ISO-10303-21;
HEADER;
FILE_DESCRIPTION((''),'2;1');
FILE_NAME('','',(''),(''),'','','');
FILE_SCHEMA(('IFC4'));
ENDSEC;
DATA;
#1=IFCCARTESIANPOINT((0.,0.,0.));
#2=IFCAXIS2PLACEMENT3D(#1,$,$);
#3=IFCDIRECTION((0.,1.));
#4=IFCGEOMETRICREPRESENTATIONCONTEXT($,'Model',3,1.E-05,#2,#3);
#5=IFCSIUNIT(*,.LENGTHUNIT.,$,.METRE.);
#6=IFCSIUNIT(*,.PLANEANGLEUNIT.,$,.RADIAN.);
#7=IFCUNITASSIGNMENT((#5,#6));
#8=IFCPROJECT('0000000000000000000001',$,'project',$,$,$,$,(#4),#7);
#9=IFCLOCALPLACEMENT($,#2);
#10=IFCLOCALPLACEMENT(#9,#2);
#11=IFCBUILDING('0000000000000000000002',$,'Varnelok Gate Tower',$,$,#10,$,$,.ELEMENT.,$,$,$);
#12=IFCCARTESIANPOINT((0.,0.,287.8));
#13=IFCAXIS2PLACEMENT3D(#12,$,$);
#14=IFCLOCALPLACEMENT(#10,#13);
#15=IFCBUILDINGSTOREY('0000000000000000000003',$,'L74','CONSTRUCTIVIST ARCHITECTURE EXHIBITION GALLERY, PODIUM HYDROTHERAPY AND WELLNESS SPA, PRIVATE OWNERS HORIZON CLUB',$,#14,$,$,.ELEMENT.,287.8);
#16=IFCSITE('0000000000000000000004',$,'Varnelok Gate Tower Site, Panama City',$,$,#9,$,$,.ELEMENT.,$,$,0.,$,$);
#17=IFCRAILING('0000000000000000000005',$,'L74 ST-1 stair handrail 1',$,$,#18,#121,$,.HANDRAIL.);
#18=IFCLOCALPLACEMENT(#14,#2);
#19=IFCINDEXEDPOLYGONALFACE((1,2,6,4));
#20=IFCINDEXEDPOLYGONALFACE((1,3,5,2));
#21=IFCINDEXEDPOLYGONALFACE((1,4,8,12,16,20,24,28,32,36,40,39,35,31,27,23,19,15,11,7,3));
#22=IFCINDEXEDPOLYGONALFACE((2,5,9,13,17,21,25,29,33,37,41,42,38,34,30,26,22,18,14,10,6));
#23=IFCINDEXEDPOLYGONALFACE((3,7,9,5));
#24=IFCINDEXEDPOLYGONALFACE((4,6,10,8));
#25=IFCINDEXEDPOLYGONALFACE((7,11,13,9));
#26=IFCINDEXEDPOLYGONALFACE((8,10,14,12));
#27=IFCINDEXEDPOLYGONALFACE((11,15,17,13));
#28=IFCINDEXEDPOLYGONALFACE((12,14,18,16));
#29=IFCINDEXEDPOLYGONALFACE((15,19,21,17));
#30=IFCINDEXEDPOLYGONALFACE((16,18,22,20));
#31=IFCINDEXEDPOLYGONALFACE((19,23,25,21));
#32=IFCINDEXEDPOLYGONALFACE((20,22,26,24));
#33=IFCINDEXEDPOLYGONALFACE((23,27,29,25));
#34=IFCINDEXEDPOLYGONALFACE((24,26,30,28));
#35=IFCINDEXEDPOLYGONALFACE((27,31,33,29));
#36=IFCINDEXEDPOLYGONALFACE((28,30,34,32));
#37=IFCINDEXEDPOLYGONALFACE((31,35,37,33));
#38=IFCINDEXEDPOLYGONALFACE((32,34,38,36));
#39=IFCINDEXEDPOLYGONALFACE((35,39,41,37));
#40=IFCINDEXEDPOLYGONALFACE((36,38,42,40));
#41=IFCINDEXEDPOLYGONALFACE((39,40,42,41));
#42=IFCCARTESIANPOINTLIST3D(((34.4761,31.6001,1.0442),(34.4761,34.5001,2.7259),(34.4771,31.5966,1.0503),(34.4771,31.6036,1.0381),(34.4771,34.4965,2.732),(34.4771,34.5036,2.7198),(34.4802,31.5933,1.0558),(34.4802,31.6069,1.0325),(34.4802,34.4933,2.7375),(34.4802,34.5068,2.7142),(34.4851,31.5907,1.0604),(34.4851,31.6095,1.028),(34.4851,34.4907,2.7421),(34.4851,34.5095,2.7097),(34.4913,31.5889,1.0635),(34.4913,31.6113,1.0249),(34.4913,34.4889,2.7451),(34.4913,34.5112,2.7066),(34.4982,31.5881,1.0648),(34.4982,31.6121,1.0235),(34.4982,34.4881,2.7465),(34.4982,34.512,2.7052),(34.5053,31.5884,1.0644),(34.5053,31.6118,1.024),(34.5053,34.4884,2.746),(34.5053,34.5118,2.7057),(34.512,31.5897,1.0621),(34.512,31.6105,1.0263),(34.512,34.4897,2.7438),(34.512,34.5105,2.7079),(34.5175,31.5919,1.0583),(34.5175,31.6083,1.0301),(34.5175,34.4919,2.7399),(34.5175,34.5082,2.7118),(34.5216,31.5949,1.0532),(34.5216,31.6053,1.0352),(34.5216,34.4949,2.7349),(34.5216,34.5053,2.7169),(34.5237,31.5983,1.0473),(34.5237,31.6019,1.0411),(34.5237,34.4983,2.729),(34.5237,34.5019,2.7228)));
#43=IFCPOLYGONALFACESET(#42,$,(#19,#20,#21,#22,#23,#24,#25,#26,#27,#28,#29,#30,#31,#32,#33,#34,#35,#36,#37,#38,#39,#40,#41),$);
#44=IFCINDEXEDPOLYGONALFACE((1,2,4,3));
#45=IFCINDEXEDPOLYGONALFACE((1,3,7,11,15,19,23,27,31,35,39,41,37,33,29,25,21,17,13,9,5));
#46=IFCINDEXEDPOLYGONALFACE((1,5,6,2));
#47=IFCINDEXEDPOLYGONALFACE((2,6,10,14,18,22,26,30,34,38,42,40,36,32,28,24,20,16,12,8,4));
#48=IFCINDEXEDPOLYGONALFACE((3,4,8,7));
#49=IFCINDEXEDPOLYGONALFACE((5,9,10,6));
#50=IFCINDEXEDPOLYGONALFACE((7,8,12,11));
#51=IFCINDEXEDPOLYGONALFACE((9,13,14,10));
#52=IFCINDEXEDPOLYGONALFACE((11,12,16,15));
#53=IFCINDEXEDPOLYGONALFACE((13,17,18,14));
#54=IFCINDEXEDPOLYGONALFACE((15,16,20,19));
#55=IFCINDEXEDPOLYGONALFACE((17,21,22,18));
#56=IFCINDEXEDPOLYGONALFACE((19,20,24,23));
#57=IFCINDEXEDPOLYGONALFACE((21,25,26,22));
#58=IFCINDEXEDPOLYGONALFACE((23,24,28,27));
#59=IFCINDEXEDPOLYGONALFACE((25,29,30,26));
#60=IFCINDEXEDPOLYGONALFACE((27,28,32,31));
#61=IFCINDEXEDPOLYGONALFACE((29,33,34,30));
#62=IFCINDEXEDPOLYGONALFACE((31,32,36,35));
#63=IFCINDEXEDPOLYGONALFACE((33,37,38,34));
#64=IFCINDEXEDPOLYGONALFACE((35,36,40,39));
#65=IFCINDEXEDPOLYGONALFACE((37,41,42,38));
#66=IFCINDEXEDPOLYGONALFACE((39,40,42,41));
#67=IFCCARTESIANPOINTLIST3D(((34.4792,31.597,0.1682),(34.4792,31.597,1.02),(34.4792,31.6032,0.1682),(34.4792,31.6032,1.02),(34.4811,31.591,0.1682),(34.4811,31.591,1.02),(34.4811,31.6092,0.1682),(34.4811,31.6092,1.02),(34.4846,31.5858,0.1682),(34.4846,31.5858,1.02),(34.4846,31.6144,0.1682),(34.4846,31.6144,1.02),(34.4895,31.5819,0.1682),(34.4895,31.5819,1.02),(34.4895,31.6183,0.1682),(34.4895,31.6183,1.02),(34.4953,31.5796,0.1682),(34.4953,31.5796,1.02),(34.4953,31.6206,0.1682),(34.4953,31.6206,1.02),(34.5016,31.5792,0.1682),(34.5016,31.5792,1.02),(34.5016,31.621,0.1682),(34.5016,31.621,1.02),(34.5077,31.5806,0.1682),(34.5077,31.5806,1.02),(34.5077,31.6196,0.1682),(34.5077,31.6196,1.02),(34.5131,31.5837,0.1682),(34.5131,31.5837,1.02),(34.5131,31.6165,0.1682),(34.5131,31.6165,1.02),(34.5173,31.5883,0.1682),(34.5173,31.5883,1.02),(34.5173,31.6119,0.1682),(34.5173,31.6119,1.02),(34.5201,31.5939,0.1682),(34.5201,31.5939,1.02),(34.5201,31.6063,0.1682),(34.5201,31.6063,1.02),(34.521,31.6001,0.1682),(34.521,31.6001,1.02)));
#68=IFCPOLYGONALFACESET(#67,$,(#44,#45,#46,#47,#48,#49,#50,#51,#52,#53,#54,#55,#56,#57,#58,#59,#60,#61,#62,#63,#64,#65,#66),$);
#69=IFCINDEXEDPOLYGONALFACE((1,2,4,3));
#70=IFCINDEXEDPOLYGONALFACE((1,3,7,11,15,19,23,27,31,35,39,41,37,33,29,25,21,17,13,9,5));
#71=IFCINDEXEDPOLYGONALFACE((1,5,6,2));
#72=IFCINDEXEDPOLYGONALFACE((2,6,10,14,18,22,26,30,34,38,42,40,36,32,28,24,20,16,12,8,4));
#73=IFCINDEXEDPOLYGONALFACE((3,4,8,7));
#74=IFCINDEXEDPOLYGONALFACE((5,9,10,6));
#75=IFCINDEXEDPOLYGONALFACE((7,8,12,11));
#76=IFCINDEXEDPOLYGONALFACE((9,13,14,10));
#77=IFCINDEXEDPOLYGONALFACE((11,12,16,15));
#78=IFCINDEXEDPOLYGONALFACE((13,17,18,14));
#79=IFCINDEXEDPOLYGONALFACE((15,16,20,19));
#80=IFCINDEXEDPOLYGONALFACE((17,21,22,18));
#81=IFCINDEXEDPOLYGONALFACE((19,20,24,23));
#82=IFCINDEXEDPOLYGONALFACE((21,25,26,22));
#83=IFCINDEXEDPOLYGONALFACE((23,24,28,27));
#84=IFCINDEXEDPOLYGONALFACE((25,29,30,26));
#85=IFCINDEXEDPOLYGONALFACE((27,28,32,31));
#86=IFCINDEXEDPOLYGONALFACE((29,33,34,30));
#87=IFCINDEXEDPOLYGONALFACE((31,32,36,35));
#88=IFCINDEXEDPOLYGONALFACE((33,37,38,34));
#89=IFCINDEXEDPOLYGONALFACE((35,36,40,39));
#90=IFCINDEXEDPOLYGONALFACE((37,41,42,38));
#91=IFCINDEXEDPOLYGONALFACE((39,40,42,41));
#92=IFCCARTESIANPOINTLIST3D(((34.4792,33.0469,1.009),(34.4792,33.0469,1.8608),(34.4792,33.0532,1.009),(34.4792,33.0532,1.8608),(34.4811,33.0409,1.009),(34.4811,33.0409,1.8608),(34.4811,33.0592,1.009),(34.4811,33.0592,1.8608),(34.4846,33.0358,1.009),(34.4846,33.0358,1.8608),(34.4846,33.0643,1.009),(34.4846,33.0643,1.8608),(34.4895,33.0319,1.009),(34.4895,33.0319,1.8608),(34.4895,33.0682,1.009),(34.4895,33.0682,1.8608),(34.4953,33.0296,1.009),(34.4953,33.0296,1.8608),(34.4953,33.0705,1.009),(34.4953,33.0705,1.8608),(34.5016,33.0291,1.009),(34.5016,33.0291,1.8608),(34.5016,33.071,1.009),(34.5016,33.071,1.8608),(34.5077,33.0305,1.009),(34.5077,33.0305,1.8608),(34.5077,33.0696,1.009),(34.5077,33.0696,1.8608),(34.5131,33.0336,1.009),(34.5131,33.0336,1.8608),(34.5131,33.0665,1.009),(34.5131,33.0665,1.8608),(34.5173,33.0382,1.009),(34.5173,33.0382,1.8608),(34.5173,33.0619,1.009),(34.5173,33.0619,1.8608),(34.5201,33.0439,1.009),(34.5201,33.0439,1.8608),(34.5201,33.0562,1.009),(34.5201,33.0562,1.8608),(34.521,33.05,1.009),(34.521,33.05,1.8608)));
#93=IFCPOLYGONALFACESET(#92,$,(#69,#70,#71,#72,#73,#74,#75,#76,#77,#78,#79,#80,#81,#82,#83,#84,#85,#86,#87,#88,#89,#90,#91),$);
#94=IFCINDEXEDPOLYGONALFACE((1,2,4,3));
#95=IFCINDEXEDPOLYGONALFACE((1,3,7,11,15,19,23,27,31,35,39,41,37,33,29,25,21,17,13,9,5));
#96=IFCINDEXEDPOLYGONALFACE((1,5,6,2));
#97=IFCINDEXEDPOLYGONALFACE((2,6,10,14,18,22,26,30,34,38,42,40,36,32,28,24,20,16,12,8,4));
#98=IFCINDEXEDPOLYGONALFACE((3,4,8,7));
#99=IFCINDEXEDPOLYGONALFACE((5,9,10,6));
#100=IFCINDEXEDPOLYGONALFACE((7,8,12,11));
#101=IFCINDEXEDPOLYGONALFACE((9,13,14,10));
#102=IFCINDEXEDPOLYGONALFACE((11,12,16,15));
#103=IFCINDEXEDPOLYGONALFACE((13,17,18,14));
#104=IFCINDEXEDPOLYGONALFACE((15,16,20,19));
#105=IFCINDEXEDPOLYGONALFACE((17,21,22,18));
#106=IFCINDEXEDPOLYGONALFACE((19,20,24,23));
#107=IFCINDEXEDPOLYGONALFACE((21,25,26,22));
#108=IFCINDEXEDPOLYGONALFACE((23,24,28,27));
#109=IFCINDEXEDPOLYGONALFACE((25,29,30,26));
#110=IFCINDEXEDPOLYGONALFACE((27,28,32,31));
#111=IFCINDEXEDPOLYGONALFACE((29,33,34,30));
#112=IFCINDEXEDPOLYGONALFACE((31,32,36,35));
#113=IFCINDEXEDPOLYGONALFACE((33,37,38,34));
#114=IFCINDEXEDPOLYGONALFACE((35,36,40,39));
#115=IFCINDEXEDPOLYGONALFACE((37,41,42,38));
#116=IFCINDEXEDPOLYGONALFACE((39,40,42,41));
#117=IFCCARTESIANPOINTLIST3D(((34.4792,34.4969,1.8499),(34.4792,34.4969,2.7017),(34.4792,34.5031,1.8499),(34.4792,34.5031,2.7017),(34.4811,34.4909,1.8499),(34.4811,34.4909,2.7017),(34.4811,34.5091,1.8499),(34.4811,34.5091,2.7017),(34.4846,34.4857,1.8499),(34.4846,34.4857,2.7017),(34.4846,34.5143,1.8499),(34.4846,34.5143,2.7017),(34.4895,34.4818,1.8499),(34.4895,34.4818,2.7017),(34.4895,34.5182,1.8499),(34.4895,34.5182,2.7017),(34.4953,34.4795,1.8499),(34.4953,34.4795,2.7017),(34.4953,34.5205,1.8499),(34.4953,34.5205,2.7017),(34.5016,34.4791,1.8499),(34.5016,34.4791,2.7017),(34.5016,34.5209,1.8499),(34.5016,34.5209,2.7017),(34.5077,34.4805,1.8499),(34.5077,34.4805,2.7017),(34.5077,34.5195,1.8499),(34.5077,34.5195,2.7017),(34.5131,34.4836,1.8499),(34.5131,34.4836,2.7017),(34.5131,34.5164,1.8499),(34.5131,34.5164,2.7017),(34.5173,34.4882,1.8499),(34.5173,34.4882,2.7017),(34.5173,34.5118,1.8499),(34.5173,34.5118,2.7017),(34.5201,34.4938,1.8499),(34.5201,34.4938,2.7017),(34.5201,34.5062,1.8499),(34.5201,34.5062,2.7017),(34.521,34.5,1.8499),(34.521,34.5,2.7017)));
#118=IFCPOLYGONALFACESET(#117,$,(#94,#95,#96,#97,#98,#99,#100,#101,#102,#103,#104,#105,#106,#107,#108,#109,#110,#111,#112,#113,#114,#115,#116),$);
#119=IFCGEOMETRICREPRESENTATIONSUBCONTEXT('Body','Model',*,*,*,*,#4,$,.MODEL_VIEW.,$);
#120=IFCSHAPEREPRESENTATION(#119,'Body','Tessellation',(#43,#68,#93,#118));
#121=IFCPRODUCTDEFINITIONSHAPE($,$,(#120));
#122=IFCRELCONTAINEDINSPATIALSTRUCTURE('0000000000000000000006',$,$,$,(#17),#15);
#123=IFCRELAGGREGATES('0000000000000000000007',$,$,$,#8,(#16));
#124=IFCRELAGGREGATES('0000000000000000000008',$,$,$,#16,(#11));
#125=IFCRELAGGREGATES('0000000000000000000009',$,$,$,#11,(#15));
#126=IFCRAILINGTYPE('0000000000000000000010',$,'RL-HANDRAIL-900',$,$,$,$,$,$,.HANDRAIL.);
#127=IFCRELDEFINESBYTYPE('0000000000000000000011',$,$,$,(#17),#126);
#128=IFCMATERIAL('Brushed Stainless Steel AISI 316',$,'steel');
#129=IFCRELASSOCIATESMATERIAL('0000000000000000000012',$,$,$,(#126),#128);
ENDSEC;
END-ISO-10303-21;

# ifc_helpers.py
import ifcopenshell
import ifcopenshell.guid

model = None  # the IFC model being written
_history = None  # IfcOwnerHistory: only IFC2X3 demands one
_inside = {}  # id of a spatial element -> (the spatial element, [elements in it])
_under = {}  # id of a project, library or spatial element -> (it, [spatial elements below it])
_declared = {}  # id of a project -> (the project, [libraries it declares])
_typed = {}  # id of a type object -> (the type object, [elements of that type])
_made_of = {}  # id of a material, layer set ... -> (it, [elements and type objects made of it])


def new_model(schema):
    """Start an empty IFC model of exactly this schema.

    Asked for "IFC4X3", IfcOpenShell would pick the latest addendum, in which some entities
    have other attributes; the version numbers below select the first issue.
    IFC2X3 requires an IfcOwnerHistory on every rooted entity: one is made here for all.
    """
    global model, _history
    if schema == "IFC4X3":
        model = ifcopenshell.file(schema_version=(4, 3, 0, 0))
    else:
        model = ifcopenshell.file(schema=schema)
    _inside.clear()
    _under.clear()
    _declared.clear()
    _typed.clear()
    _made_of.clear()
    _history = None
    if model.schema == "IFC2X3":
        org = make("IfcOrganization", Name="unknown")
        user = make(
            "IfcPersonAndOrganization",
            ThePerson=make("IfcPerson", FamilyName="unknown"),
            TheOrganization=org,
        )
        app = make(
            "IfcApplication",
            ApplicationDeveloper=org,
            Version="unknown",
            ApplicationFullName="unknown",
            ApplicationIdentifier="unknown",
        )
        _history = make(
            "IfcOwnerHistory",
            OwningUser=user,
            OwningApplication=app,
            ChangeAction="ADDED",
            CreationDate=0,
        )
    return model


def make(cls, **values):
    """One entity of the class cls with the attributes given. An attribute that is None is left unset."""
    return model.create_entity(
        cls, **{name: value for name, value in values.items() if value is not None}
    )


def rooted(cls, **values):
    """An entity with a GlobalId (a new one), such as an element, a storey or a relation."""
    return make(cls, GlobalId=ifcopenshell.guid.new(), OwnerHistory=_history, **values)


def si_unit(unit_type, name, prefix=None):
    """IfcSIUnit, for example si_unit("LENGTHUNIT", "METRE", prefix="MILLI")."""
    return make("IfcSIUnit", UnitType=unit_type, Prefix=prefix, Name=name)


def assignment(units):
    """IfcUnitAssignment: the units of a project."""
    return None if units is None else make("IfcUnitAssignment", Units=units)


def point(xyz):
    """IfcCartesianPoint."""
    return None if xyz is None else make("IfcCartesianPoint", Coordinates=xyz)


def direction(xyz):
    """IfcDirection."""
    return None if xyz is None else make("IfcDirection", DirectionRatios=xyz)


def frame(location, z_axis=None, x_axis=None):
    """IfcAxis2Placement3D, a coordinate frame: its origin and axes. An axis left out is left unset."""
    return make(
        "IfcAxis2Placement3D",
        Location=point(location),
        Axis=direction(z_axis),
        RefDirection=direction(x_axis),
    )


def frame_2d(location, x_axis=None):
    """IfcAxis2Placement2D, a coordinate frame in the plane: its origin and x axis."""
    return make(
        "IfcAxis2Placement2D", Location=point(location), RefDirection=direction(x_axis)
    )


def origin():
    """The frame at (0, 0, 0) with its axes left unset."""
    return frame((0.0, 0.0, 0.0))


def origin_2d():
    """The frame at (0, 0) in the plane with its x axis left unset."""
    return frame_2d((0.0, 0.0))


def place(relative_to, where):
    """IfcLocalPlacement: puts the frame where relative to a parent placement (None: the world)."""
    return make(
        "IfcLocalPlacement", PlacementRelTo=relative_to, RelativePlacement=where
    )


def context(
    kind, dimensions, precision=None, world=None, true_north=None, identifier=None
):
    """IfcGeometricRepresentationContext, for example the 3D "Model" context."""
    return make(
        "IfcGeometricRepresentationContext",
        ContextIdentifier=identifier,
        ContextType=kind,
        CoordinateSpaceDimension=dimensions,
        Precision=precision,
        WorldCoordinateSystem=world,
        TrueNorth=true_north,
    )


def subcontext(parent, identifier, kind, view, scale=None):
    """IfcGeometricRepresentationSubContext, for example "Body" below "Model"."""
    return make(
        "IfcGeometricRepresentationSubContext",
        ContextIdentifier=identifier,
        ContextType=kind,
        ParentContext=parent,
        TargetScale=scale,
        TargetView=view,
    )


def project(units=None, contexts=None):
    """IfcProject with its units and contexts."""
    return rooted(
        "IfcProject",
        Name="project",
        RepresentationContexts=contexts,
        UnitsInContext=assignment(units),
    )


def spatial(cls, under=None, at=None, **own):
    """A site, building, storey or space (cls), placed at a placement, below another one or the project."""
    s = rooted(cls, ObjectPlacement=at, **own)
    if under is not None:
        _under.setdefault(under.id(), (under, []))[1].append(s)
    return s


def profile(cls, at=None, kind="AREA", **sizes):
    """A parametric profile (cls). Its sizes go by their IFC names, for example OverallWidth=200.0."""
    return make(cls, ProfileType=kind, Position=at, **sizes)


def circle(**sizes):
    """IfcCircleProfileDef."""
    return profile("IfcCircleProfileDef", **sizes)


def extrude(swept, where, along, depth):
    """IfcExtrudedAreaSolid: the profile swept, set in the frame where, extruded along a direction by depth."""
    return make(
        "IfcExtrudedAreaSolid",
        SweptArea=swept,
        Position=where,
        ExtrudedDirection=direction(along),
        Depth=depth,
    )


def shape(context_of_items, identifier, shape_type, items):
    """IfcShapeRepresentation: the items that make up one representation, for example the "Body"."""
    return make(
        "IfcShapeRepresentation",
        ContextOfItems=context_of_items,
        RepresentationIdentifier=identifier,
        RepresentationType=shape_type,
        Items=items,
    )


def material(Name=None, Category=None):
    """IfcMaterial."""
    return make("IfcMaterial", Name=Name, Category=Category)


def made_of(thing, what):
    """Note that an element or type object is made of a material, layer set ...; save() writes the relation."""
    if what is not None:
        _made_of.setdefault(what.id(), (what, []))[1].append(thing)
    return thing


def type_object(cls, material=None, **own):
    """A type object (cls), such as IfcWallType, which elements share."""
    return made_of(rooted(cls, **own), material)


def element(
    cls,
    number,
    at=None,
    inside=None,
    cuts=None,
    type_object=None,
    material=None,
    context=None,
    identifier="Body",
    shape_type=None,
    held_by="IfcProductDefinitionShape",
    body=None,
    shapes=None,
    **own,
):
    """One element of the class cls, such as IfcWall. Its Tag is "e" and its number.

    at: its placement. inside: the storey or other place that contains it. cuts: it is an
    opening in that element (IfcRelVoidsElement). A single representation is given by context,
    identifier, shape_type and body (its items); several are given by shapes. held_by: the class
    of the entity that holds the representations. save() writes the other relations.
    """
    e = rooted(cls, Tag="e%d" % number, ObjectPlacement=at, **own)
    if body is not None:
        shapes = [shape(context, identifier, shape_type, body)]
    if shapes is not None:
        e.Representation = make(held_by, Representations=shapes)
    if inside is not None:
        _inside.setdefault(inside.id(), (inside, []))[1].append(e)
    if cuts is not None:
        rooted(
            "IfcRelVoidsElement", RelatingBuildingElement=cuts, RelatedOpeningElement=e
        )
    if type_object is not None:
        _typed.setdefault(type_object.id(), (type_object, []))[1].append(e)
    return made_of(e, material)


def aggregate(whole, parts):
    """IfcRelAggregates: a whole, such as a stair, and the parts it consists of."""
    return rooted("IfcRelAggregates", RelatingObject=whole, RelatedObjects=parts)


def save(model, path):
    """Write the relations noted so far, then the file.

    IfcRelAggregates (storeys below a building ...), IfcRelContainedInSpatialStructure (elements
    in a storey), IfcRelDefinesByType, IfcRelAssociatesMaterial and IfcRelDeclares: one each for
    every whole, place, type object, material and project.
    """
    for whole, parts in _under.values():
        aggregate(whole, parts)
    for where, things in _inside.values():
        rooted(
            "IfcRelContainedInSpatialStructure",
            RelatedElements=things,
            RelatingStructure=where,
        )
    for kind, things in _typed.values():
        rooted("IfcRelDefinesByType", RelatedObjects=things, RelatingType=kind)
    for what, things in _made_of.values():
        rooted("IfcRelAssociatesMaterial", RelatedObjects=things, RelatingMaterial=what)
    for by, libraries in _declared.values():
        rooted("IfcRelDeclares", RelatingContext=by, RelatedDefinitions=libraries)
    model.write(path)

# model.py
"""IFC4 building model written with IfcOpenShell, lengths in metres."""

from ifc_helpers import new_model, si_unit, direction, frame, origin, origin_2d, place, context, subcontext, project, spatial, circle, extrude, material, type_object, element, save


model = new_model("IFC4")

# Units and contexts
model_context = context("Model", 3, precision=1e-05, world=origin(), true_north=direction((0.0, 1.0)))
body_context = subcontext(model_context, "Body", "Model", "MODEL_VIEW")
ifc_project = project(units=[si_unit("LENGTHUNIT", "METRE"), si_unit("PLANEANGLEUNIT", "RADIAN")], contexts=[model_context])

# Site, building, storey
site_placement = place(None, origin())
site = spatial("IfcSite", under=ifc_project, at=site_placement, Name="Varnelok Gate Tower Site, Panama City", CompositionType="ELEMENT", RefElevation=0.0)
building_placement = place(site_placement, origin())
building = spatial("IfcBuilding", under=site, at=building_placement, Name="Varnelok Gate Tower", CompositionType="ELEMENT")
storey_placement = place(building_placement, frame((0.0, 0.0, 287.8)))
storey = spatial("IfcBuildingStorey", under=building, at=storey_placement, Name="L74", Description="CONSTRUCTIVIST ARCHITECTURE EXHIBITION GALLERY, PODIUM HYDROTHERAPY AND WELLNESS SPA, PRIVATE OWNERS HORIZON CLUB", CompositionType="ELEMENT", Elevation=287.8)

# Railing
ifc_material_1 = material(Name="Brushed Stainless Steel AISI 316", Category="steel")
railing_type_1 = type_object("IfcRailingType", Name="RL-HANDRAIL-900", PredefinedType="HANDRAIL", material=ifc_material_1)
railing_1_placement = place(storey_placement, frame((34.5, 31.6001, 0.1682)))
element("IfcRailing", 1, at=railing_1_placement, inside=storey, type_object=railing_type_1, Name="L74 ST-1 stair handrail 1", PredefinedType="HANDRAIL", context=body_context, shape_type="SweptSolid", body=[
    extrude(circle(Radius=0.0239, at=origin_2d()), frame((0.0, 0.0, 0.876), z_axis=(0.0, 0.86507, 0.501651), x_axis=(-1.0, 0.0, 0.0)), (0.0, 0.0, 1.0), 3.3523),
    extrude(circle(Radius=0.021, at=origin_2d()), origin(), (0.0, 0.0, 1.0), 0.8518),
    extrude(circle(Radius=0.021, at=origin_2d()), frame((0.0, 1.45, 0.8408)), (0.0, 0.0, 1.0), 0.8518),
    extrude(circle(Radius=0.021, at=origin_2d()), frame((0.0, 2.8999, 1.6816)), (0.0, 0.0, 1.0), 0.8518),
])

save(model, "model.ifc")
